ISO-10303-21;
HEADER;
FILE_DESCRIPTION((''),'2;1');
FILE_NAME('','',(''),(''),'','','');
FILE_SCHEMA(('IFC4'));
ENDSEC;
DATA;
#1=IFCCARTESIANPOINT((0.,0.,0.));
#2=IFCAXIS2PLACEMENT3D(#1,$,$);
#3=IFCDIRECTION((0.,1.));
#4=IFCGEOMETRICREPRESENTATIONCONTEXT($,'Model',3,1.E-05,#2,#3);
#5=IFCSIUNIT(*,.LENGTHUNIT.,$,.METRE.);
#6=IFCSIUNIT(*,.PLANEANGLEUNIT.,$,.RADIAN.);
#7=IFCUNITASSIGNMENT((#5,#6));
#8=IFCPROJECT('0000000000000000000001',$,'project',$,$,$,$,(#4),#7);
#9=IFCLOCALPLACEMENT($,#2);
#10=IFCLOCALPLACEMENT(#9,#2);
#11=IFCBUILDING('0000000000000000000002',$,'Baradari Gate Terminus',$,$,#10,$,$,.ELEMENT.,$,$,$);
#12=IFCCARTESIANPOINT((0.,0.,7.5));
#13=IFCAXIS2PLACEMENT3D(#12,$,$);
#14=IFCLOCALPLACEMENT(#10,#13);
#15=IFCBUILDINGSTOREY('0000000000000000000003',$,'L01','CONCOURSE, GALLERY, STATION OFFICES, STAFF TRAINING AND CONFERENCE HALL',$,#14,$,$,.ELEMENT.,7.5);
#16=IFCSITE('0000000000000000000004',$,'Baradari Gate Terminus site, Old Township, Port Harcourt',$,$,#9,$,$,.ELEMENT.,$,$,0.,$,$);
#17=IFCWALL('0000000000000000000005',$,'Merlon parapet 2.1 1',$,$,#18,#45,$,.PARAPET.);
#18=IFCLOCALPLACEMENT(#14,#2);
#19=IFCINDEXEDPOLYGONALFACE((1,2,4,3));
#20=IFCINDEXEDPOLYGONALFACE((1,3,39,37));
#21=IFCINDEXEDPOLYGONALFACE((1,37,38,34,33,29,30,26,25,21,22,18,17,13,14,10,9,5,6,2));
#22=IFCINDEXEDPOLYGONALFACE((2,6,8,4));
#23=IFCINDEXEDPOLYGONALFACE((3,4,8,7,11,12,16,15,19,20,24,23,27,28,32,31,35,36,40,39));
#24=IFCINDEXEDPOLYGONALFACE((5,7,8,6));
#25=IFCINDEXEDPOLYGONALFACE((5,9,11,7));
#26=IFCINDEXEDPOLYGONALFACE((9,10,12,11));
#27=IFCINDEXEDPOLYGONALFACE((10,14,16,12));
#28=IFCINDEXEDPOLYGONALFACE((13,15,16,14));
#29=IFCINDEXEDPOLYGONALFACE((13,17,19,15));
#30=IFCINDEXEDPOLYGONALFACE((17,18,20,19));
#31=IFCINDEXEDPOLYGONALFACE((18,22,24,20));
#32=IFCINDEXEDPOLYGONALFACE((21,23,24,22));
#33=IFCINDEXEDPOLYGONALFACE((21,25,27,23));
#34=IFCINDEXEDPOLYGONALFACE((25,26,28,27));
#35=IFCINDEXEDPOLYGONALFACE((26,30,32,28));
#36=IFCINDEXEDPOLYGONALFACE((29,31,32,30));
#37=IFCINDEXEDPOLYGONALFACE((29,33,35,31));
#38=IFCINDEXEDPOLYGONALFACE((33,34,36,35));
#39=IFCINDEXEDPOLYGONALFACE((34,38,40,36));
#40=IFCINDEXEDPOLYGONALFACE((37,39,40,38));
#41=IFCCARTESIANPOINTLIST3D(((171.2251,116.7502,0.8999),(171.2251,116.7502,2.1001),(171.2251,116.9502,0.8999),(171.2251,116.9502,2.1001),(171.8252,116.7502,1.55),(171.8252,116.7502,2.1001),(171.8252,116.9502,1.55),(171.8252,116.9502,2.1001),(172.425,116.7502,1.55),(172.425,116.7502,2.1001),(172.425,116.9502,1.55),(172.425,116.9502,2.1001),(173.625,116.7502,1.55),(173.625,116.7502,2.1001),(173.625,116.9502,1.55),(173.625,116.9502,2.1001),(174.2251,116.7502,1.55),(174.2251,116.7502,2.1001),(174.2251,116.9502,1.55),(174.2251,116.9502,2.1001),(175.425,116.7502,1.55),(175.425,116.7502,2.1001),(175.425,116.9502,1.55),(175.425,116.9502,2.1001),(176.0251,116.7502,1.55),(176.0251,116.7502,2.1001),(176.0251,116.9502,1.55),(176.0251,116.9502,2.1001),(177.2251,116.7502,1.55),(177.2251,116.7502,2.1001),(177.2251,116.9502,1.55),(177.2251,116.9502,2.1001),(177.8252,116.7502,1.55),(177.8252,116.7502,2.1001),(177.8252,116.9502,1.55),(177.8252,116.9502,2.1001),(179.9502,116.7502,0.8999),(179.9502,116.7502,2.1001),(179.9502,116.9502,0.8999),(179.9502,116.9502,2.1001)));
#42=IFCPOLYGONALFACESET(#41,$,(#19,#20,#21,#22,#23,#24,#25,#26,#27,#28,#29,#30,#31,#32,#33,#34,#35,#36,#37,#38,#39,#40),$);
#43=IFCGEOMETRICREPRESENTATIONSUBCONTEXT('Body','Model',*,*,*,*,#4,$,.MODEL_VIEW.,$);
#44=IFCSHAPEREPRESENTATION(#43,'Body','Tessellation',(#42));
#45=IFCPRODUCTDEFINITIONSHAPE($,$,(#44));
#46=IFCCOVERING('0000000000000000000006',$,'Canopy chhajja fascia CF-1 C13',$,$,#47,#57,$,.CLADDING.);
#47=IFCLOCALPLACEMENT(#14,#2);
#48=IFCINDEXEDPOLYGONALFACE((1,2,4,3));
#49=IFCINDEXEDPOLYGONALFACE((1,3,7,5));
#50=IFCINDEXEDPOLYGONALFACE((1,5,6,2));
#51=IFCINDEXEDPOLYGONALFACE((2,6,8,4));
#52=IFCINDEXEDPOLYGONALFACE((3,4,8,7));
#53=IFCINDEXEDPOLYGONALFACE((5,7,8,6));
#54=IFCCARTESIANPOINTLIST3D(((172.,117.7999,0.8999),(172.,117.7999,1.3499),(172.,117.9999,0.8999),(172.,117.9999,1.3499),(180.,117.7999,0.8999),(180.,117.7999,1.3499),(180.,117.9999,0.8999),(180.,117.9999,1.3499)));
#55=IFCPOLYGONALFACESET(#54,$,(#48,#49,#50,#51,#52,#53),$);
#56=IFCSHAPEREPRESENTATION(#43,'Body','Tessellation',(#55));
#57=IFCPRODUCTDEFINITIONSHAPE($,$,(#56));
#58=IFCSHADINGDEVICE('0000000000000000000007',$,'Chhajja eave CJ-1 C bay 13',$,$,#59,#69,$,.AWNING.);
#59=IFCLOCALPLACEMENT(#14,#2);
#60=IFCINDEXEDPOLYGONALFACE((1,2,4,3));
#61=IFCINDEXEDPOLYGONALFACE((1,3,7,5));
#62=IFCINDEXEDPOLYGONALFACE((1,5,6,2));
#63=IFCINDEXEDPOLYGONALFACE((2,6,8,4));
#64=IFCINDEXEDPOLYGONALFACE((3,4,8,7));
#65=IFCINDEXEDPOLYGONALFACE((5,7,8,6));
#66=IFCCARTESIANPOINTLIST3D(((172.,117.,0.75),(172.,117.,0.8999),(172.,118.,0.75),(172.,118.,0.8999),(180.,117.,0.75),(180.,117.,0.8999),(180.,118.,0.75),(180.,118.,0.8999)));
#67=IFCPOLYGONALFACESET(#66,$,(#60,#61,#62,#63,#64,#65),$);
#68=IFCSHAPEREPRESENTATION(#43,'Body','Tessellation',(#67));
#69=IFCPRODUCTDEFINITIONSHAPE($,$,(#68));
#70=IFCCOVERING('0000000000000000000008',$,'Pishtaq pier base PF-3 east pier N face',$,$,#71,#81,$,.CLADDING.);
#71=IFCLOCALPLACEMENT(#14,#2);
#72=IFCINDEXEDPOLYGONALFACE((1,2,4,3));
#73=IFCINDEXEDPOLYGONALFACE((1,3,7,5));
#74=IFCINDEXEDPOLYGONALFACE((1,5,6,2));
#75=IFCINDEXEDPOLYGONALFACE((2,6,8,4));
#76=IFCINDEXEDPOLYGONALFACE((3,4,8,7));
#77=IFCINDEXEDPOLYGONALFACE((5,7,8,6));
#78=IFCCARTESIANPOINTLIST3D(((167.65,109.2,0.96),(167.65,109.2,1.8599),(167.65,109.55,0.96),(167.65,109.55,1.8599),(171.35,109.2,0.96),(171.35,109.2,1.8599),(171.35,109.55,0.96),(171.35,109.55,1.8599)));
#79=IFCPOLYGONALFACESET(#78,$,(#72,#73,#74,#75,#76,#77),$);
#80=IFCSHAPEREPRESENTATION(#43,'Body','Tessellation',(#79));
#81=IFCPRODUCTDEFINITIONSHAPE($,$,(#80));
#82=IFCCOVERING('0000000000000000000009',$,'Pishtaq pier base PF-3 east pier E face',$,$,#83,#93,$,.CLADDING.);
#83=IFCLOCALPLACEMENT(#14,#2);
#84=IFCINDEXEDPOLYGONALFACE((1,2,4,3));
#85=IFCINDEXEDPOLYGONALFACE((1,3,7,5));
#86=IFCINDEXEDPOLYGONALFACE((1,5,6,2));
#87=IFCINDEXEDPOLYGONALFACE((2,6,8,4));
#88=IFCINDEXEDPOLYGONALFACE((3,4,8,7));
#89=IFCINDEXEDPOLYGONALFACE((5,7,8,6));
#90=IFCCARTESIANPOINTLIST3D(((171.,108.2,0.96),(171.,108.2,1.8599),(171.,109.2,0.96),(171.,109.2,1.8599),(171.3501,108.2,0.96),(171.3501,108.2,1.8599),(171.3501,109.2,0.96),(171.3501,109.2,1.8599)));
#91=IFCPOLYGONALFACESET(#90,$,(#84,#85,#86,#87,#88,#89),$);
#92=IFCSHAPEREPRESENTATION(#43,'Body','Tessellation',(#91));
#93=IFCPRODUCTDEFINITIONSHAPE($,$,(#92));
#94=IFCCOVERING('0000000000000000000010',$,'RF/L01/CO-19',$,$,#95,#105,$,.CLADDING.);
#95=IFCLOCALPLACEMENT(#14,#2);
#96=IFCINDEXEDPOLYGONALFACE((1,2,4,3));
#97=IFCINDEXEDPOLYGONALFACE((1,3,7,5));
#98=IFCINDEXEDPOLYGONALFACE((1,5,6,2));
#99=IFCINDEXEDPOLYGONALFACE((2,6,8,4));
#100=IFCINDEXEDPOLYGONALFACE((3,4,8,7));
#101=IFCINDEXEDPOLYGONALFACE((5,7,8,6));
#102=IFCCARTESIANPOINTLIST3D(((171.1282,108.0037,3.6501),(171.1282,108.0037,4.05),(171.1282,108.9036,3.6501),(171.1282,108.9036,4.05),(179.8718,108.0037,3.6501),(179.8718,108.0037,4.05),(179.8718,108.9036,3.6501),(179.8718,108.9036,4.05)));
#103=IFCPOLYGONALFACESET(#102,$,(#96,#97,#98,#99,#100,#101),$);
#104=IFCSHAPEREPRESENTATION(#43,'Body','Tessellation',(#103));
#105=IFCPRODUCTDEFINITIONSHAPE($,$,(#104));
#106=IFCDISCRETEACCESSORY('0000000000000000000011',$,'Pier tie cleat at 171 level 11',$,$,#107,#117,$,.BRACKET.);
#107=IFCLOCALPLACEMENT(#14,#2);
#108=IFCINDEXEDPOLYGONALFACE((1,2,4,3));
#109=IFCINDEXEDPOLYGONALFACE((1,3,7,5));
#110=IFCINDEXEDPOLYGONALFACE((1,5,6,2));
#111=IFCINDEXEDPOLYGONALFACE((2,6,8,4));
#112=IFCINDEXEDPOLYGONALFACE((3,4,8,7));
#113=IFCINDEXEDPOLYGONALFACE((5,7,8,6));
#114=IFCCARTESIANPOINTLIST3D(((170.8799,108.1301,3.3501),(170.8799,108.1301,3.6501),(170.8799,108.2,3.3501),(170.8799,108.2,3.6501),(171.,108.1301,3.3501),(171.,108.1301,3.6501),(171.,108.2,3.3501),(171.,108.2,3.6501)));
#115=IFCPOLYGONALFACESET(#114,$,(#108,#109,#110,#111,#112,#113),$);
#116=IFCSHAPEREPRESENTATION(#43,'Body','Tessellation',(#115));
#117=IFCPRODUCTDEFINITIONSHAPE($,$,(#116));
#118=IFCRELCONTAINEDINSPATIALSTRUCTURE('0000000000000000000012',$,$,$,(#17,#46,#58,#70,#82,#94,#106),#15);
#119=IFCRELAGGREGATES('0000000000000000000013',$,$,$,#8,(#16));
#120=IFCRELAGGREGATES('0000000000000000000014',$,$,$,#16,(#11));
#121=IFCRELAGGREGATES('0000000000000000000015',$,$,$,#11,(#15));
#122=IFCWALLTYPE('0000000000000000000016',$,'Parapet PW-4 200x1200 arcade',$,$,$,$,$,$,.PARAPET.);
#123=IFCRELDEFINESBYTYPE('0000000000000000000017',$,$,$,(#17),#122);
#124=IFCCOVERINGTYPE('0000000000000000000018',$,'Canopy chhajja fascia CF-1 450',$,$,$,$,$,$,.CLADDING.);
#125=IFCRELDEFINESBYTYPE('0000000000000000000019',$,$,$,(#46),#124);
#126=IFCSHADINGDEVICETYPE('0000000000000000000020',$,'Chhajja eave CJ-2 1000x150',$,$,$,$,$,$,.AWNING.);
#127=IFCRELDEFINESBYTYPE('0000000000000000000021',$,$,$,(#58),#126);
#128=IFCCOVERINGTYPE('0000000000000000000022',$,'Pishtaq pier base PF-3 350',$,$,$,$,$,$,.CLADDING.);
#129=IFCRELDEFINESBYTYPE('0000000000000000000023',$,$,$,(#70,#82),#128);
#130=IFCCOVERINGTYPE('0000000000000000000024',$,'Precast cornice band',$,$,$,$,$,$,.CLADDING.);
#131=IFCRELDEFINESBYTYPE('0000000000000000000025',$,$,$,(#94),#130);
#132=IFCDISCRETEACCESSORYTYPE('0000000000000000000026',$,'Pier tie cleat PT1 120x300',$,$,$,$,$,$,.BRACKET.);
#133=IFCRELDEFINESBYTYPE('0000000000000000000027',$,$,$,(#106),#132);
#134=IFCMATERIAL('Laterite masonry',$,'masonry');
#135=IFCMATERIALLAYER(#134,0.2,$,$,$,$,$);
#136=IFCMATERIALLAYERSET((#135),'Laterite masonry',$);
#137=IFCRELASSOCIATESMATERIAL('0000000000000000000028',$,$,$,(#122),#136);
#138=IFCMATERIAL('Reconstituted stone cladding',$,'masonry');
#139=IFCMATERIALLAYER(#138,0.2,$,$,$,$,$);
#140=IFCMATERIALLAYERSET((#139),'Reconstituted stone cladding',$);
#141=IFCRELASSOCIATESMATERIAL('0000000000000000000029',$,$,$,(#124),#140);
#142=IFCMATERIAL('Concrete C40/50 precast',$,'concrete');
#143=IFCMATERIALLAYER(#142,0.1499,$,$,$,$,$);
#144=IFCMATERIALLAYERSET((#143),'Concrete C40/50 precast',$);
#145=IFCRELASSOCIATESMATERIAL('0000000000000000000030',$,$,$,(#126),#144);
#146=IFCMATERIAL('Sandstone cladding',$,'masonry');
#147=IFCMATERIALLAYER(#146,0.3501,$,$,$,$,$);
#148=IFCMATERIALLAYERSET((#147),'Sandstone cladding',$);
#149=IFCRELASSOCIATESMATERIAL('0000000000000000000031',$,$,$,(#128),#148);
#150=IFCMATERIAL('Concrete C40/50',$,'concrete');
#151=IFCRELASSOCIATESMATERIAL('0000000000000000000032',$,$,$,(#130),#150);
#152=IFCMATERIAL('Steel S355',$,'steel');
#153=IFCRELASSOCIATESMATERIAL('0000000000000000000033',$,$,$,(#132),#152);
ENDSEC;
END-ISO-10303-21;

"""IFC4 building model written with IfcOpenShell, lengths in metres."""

from ifc_helpers import new_model, si_unit, direction, frame, origin, origin_2d, place, context, subcontext, project, spatial, polyline, rectangle, outline, extrude, material, layer, layer_set, type_object, element, save


model = new_model("IFC4")

# Units and contexts
model_context = context("Model", 3, precision=1e-05, world=origin(), true_north=direction((0.0, 1.0)))
body_context = subcontext(model_context, "Body", "Model", "MODEL_VIEW")
ifc_project = project(units=[si_unit("LENGTHUNIT", "METRE"), si_unit("PLANEANGLEUNIT", "RADIAN")], contexts=[model_context])

# Site, building, storey
site_placement = place(None, origin())
site = spatial("IfcSite", under=ifc_project, at=site_placement, Name="Baradari Gate Terminus site, Old Township, Port Harcourt", CompositionType="ELEMENT", RefElevation=0.0)
building_placement = place(site_placement, origin())
building = spatial("IfcBuilding", under=site, at=building_placement, Name="Baradari Gate Terminus", CompositionType="ELEMENT")
storey_placement = place(building_placement, frame((0.0, 0.0, 7.5)))
storey = spatial("IfcBuildingStorey", under=building, at=storey_placement, Name="L01", Description="CONCOURSE, GALLERY, STATION OFFICES, STAFF TRAINING AND CONFERENCE HALL", CompositionType="ELEMENT", Elevation=7.5)

# Wall
ifc_material_1 = material(Name="Laterite masonry", Category="masonry")
ifc_layer_1 = layer(ifc_material_1, 0.2)
ifc_layer_set_1 = layer_set([ifc_layer_1], Name="Laterite masonry")
wall_type_1 = type_object("IfcWallType", Name="Parapet PW-4 200x1200 arcade", PredefinedType="PARAPET", material=ifc_layer_set_1)
wall_1_placement = place(storey_placement, frame((171.2251, 116.8501, 0.8999), z_axis=(0.0, 0.0, 1.0), x_axis=(1.0, 0.0, 0.0)))
element("IfcWall", 1, at=wall_1_placement, inside=storey, type_object=wall_type_1, Name="Merlon parapet 2.1 1", PredefinedType="PARAPET", context=body_context, shape_type="SweptSolid", body=[
    extrude(outline(polyline([(6.6001, 1.2002), (6.6001, 0.6501), (6.0, 0.6501), (6.0, 1.2002), (4.8, 1.2002), (4.8, 0.6501), (4.2, 0.6501), (4.2, 1.2002), (3.0, 1.2002), (3.0, 0.6501), (2.3999, 0.6501), (2.3999, 1.2002), (1.2, 1.2002), (1.2, 0.6501), (0.6001, 0.6501), (0.6001, 1.2002), (0.0, 1.2002), (0.0, 0.0), (8.7251, 0.0), (8.7251, 1.2002), (6.6001, 1.2002)])), frame((0.0, 0.1001, 0.0), z_axis=(0.0, -1.0, 0.0), x_axis=(1.0, 0.0, 0.0)), (0.0, 0.0, 1.0), 0.2),
])

# Covering
ifc_material_2 = material(Name="Reconstituted stone cladding", Category="masonry")
ifc_layer_2 = layer(ifc_material_2, 0.2)
ifc_layer_set_2 = layer_set([ifc_layer_2], Name="Reconstituted stone cladding")
covering_type_1 = type_object("IfcCoveringType", Name="Canopy chhajja fascia CF-1 450", PredefinedType="CLADDING", material=ifc_layer_set_2)
covering_1_placement = place(storey_placement, frame((176.0, 117.8999, 0.8999), z_axis=(0.0, 0.0, 1.0), x_axis=(1.0, 0.0, 0.0)))
element("IfcCovering", 2, at=covering_1_placement, inside=storey, type_object=covering_type_1, Name="Canopy chhajja fascia CF-1 C13", PredefinedType="CLADDING", context=body_context, shape_type="SweptSolid", body=[
    extrude(rectangle(XDim=8.0, YDim=0.2, at=origin_2d()), origin(), (0.0, 0.0, 1.0), 0.45),
])

# Shading device
ifc_material_3 = material(Name="Concrete C40/50 precast", Category="concrete")
ifc_layer_3 = layer(ifc_material_3, 0.1499)
ifc_layer_set_3 = layer_set([ifc_layer_3], Name="Concrete C40/50 precast")
shading_device_type = type_object("IfcShadingDeviceType", Name="Chhajja eave CJ-2 1000x150", PredefinedType="AWNING", material=ifc_layer_set_3)
shading_device_placement = place(storey_placement, frame((176.0, 117.5, 0.75), z_axis=(0.0, 0.0, 1.0), x_axis=(1.0, 0.0, 0.0)))
element("IfcShadingDevice", 3, at=shading_device_placement, inside=storey, type_object=shading_device_type, Name="Chhajja eave CJ-1 C bay 13", PredefinedType="AWNING", context=body_context, shape_type="SweptSolid", body=[
    extrude(rectangle(XDim=8.0, YDim=1.0, at=origin_2d()), origin(), (0.0, 0.0, 1.0), 0.1499),
])

# Coverings
ifc_material_4 = material(Name="Sandstone cladding", Category="masonry")
ifc_layer_4 = layer(ifc_material_4, 0.3501)
ifc_layer_set_4 = layer_set([ifc_layer_4], Name="Sandstone cladding")
covering_type_2 = type_object("IfcCoveringType", Name="Pishtaq pier base PF-3 350", PredefinedType="CLADDING", material=ifc_layer_set_4)
covering_2_placement = place(storey_placement, frame((169.5, 109.375, 0.96), z_axis=(0.0, 0.0, 1.0), x_axis=(1.0, 0.0, 0.0)))
element("IfcCovering", 4, at=covering_2_placement, inside=storey, type_object=covering_type_2, Name="Pishtaq pier base PF-3 east pier N face", PredefinedType="CLADDING", context=body_context, shape_type="SweptSolid", body=[
    extrude(rectangle(XDim=3.7, YDim=0.3501, at=origin_2d()), origin(), (0.0, 0.0, 1.0), 0.8999),
])
covering_3_placement = place(storey_placement, frame((171.175, 108.7, 0.96), z_axis=(0.0, 0.0, 1.0), x_axis=(1.0, 0.0, 0.0)))
element("IfcCovering", 5, at=covering_3_placement, inside=storey, type_object=covering_type_2, Name="Pishtaq pier base PF-3 east pier E face", PredefinedType="CLADDING", context=body_context, shape_type="SweptSolid", body=[
    extrude(rectangle(XDim=0.3501, YDim=1.0, at=origin_2d()), origin(), (0.0, 0.0, 1.0), 0.8999),
])
ifc_material_5 = material(Name="Concrete C40/50", Category="concrete")
covering_type_3 = type_object("IfcCoveringType", Name="Precast cornice band", PredefinedType="CLADDING", material=ifc_material_5)
covering_4_placement = place(storey_placement, frame((175.5, 108.4536, 3.6501), z_axis=(0.0, 0.0, 1.0), x_axis=(1.0, 0.0, 0.0)))
element("IfcCovering", 6, at=covering_4_placement, inside=storey, type_object=covering_type_3, Name="RF/L01/CO-19", PredefinedType="CLADDING", context=body_context, shape_type="SweptSolid", body=[
    extrude(rectangle(XDim=8.7437, YDim=0.8999, at=origin_2d()), origin(), (0.0, 0.0, 1.0), 0.3999),
])

# Discrete accessory
ifc_material_6 = material(Name="Steel S355", Category="steel")
discrete_accessory_type = type_object("IfcDiscreteAccessoryType", Name="Pier tie cleat PT1 120x300", PredefinedType="BRACKET", material=ifc_material_6)
discrete_accessory_placement = place(storey_placement, frame((170.9399, 108.165, 3.3501), z_axis=(0.0, 0.0, 1.0), x_axis=(1.0, 0.0, 0.0)))
element("IfcDiscreteAccessory", 7, at=discrete_accessory_placement, inside=storey, type_object=discrete_accessory_type, Name="Pier tie cleat at 171 level 11", PredefinedType="BRACKET", context=body_context, shape_type="SweptSolid", body=[
    extrude(rectangle(XDim=0.1201, YDim=0.0698, at=origin_2d()), origin(), (0.0, 0.0, 1.0), 0.3),
])

save(model, "model.ifc")
